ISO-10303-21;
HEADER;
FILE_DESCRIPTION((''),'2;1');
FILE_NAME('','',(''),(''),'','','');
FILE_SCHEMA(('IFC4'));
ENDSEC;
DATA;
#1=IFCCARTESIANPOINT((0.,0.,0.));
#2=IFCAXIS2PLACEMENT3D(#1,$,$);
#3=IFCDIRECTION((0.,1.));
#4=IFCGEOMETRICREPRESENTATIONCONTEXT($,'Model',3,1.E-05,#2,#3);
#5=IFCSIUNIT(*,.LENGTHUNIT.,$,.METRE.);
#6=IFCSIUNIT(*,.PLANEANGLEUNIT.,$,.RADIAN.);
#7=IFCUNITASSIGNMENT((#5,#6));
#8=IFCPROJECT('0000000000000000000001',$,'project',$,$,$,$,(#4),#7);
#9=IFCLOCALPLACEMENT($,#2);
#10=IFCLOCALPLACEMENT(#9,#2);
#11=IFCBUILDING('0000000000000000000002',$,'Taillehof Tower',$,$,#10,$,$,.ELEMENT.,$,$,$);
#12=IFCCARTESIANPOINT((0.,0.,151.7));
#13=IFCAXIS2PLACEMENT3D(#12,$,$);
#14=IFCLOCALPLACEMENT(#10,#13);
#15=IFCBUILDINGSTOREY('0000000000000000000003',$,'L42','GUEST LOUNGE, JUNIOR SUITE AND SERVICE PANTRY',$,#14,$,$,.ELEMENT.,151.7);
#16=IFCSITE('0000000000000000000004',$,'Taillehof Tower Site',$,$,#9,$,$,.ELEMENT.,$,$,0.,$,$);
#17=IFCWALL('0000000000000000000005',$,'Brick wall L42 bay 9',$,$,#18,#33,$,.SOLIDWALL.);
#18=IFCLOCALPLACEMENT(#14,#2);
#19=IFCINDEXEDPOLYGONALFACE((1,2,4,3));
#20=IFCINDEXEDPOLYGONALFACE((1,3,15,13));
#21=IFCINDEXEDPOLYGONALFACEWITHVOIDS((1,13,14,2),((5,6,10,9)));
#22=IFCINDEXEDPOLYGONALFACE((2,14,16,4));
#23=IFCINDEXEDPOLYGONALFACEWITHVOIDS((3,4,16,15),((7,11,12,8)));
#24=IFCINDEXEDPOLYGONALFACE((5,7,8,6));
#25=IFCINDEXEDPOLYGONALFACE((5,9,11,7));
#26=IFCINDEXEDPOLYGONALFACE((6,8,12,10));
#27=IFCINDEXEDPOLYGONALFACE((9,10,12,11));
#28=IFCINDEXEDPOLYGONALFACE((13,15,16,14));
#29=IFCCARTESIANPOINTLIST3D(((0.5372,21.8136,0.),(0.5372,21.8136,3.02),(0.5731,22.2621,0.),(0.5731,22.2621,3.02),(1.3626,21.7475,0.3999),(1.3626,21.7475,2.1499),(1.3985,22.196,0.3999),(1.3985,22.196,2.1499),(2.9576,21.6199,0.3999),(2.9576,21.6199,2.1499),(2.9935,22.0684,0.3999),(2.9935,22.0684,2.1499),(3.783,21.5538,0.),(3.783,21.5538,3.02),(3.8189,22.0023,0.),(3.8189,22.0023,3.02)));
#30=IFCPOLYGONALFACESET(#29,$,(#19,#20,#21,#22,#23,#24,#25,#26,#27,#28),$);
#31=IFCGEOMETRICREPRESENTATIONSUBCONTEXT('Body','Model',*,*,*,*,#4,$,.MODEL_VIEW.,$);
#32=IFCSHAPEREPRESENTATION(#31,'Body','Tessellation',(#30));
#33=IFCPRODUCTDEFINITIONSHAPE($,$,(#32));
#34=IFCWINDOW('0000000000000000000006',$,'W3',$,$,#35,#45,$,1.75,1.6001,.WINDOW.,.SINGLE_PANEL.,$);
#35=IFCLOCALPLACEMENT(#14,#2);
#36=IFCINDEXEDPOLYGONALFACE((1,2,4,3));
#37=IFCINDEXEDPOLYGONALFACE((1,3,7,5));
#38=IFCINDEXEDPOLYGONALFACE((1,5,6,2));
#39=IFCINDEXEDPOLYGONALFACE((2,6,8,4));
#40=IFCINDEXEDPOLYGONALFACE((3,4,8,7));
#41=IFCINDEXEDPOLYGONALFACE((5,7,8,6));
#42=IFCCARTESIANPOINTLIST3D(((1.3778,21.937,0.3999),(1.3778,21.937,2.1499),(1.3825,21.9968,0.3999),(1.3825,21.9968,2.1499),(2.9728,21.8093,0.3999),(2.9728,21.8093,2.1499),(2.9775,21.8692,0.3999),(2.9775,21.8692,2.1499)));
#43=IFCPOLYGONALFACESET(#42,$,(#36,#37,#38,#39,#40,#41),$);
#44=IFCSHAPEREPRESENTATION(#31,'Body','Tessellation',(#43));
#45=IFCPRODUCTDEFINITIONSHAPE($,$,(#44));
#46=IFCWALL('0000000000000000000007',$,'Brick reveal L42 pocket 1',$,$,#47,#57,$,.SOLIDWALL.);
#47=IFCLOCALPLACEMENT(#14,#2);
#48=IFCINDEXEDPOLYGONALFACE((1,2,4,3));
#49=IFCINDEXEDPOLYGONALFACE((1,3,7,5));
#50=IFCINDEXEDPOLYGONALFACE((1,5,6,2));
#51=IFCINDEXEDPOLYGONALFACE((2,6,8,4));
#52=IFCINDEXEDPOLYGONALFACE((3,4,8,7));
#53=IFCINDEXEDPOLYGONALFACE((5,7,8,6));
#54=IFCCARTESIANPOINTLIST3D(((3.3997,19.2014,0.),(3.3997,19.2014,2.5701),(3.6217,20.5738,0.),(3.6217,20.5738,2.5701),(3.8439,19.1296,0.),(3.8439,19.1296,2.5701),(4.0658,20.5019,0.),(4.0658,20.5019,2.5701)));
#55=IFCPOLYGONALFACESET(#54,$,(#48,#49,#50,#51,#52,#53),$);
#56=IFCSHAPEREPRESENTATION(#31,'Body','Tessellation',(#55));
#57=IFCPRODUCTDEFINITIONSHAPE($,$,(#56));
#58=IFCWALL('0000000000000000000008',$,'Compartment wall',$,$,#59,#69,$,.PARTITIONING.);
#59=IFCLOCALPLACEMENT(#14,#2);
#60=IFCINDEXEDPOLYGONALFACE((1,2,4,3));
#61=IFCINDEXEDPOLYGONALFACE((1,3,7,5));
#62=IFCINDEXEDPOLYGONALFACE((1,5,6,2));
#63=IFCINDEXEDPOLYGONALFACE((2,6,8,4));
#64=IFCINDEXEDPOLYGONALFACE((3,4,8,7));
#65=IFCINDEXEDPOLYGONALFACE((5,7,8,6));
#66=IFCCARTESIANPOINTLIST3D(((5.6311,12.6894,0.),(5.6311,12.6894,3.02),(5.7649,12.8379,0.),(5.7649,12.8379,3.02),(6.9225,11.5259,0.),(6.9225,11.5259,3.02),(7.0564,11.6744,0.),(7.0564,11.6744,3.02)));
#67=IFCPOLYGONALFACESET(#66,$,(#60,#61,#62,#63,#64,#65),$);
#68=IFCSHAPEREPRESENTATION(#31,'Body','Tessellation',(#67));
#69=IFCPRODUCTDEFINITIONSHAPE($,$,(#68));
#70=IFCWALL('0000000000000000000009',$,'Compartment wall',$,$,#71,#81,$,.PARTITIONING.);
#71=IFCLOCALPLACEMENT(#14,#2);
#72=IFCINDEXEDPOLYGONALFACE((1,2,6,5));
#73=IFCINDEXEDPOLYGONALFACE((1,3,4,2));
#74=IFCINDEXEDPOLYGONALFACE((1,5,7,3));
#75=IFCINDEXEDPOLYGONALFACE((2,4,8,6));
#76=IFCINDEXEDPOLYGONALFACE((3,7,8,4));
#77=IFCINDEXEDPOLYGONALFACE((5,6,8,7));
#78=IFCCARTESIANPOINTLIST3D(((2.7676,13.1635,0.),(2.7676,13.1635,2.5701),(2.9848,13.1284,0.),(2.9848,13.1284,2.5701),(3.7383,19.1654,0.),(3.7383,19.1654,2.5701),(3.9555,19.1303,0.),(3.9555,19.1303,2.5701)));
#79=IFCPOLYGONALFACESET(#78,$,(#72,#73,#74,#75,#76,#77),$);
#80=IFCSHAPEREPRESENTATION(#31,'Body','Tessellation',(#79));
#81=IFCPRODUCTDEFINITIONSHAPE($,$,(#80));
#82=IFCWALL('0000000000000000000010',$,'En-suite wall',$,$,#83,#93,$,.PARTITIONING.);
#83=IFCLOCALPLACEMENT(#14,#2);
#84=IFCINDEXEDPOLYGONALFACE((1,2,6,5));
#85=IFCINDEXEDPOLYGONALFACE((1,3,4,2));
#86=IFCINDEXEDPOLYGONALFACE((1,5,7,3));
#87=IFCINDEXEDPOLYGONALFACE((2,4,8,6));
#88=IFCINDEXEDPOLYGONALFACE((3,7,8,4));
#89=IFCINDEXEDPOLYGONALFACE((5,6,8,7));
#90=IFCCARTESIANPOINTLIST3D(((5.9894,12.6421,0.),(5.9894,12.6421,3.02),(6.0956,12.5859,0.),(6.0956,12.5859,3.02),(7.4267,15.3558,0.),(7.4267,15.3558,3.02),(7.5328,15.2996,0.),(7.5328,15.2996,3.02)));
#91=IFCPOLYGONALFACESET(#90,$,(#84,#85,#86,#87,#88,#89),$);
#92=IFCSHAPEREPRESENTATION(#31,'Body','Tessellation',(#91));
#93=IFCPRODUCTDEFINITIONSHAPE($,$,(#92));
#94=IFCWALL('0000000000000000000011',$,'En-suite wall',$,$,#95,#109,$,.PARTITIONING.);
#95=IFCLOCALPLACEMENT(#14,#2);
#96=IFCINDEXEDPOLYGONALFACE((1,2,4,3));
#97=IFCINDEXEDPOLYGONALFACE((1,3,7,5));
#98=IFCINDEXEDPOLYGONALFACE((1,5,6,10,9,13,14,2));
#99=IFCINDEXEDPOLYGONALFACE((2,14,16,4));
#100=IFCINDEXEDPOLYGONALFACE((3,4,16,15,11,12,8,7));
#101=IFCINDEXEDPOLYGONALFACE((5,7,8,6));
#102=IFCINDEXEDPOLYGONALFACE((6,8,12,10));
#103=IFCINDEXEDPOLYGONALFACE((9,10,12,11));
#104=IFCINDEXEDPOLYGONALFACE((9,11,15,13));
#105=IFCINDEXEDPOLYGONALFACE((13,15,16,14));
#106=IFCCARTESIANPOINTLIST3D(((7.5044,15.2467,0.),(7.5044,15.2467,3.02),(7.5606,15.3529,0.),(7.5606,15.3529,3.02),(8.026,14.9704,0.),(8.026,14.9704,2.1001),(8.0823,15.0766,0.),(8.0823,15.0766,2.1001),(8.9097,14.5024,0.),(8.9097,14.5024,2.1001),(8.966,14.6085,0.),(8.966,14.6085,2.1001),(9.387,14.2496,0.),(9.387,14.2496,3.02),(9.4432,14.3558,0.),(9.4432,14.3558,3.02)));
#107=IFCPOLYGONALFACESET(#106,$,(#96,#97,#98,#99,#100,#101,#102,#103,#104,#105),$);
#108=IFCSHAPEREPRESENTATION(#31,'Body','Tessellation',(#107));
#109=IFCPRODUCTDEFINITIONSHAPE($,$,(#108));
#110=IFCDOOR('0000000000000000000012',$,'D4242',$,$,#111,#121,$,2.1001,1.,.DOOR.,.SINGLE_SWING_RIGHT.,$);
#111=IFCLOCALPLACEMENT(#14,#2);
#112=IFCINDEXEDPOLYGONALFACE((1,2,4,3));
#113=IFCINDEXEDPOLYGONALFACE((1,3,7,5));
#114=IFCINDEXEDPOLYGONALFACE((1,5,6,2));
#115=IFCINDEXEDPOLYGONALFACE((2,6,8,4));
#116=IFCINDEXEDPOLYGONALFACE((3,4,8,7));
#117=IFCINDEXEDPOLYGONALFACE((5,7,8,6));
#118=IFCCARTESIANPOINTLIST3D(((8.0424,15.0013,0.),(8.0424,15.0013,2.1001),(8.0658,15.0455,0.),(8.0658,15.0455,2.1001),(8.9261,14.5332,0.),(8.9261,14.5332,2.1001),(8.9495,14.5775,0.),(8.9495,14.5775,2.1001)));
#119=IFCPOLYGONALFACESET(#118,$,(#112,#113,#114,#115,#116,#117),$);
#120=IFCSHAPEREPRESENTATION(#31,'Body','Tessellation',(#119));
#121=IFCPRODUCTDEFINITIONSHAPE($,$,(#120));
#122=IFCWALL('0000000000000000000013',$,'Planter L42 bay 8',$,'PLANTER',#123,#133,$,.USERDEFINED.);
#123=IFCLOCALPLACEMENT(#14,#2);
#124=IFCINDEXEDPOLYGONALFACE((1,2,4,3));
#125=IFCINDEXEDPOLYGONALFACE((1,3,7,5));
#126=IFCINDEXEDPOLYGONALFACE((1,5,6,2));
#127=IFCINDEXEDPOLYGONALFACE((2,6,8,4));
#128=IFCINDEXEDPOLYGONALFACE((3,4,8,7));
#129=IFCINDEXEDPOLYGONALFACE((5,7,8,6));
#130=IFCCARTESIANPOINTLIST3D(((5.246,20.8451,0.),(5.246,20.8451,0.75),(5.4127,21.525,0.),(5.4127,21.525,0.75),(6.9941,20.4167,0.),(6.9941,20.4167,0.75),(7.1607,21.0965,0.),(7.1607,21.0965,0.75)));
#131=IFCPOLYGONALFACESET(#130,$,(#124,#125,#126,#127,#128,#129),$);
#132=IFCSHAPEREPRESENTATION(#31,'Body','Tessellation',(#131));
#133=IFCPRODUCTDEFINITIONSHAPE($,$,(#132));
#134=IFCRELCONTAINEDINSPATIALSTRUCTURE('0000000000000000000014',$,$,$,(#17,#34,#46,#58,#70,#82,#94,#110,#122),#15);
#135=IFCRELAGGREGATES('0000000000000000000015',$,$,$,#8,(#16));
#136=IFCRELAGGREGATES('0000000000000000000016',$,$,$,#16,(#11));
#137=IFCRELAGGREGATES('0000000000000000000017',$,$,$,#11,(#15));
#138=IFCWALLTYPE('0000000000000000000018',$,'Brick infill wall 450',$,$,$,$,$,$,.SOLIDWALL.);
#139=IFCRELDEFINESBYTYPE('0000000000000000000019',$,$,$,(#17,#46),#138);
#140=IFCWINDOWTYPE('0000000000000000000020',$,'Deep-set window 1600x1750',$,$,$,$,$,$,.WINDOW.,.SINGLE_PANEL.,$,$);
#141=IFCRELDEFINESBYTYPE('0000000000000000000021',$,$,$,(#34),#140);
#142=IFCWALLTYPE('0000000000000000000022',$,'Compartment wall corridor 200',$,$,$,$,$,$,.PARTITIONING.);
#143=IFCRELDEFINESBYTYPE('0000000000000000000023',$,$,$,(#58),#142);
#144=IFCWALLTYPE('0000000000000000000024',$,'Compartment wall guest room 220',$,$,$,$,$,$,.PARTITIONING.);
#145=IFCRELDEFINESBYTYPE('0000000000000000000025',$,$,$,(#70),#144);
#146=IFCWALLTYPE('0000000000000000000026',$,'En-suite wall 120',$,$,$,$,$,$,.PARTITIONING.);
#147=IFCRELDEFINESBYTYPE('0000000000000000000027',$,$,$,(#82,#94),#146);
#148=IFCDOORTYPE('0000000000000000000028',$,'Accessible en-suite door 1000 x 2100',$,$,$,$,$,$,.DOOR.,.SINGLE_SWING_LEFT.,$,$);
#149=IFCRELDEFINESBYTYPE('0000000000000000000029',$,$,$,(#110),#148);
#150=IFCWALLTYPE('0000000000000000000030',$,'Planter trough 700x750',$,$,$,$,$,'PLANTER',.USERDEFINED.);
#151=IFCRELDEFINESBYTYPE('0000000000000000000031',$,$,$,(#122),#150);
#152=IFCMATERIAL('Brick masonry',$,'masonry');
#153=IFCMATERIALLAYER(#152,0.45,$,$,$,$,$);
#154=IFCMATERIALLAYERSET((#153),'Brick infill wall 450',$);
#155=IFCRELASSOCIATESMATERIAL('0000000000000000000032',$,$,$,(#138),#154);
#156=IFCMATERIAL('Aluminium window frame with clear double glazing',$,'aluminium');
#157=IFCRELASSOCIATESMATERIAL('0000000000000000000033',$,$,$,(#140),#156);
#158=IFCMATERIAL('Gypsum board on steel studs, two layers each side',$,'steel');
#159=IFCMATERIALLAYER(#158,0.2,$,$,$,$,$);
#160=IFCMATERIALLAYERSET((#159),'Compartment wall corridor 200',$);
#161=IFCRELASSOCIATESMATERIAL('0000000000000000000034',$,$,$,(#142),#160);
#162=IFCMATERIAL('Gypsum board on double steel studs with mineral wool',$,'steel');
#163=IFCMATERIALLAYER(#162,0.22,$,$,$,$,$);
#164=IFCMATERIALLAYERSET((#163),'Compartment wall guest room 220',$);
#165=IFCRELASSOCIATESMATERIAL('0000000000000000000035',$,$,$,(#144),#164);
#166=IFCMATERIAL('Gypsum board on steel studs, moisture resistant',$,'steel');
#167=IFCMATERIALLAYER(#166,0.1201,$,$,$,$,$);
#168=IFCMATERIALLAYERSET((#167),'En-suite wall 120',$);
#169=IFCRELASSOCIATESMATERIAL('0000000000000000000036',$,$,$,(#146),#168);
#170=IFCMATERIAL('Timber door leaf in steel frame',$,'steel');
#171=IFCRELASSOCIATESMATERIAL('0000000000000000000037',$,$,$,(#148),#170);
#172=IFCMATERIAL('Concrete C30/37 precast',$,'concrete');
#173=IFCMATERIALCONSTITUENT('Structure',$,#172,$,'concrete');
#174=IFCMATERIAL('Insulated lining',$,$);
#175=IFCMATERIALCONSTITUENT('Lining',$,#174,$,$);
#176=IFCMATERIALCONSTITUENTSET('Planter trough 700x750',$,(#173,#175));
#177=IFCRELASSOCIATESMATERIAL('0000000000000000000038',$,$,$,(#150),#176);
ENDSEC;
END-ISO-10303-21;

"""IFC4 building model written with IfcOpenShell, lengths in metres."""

from ifc_helpers import new_model, si_unit, direction, frame, frame_2d, origin, place, context, subcontext, project, spatial, rectangle, extrude, material, layer, layer_set, constituent, constituent_set, type_object, element, fill, save


model = new_model("IFC4")

# Units and contexts
model_context = context("Model", 3, precision=1e-05, world=origin(), true_north=direction((0.0, 1.0)))
body_context = subcontext(model_context, "Body", "Model", "MODEL_VIEW")
ifc_project = project(units=[si_unit("LENGTHUNIT", "METRE"), si_unit("PLANEANGLEUNIT", "RADIAN")], contexts=[model_context])

# Site, building, storey
site_placement = place(None, origin())
site = spatial("IfcSite", under=ifc_project, at=site_placement, Name="Taillehof Tower Site", CompositionType="ELEMENT", RefElevation=0.0)
building_placement = place(site_placement, origin())
building = spatial("IfcBuilding", under=site, at=building_placement, Name="Taillehof Tower", CompositionType="ELEMENT")
storey_placement = place(building_placement, frame((0.0, 0.0, 151.7)))
storey = spatial("IfcBuildingStorey", under=building, at=storey_placement, Name="L42", Description="GUEST LOUNGE, JUNIOR SUITE AND SERVICE PANTRY", CompositionType="ELEMENT", Elevation=151.7)

# Wall, opening, window
ifc_material_1 = material(Name="Brick masonry", Category="masonry")
ifc_layer_1 = layer(ifc_material_1, 0.45)
ifc_layer_set_1 = layer_set([ifc_layer_1], Name="Brick infill wall 450")
wall_type_1 = type_object("IfcWallType", Name="Brick infill wall 450", PredefinedType="SOLIDWALL", material=ifc_layer_set_1)
wall_1_placement = place(storey_placement, frame((3.8008, 21.7781, 0.0), z_axis=(0.0, 0.0, 1.0), x_axis=(-0.996812, 0.079781, 0.0)))
wall_1 = element("IfcWall", 1, at=wall_1_placement, inside=storey, type_object=wall_type_1, Name="Brick wall L42 bay 9", PredefinedType="SOLIDWALL", context=body_context, shape_type="SweptSolid", body=[
    extrude(rectangle(XDim=3.2561, YDim=0.45, at=frame_2d((1.6279, 0.0))), origin(), (0.0, 0.0, 1.0), 3.02),
])
opening_1_placement = place(wall_1_placement, frame((0.8279, 0.0, 0.3999)))
opening_1 = element("IfcOpeningElement", 2, at=opening_1_placement, cuts=wall_1, PredefinedType="OPENING", context=body_context, shape_type="SweptSolid", body=[
    extrude(rectangle(XDim=1.6001, YDim=1.75, at=frame_2d((0.8, 0.875))), frame((0.0, 0.2349, 0.0), z_axis=(0.0, -1.0, 0.0), x_axis=(1.0, 0.0, 0.0)), (0.0, 0.0, 1.0), 0.47),
])
ifc_material_2 = material(Name="Aluminium window frame with clear double glazing", Category="aluminium")
window_type_1 = type_object("IfcWindowType", Name="Deep-set window 1600x1750", PartitioningType="SINGLE_PANEL", PredefinedType="WINDOW", material=ifc_material_2)
window_1_placement = place(opening_1_placement, origin())
window_1 = element("IfcWindow", 3, at=window_1_placement, inside=storey, type_object=window_type_1, Name="W3", OverallHeight=1.75, OverallWidth=1.6001, PartitioningType="SINGLE_PANEL", PredefinedType="WINDOW", context=body_context, shape_type="SweptSolid", body=[
    extrude(rectangle(XDim=1.6001, YDim=1.75, at=frame_2d((0.8, 0.875))), frame((0.0, 0.0349, 0.0), z_axis=(0.0, -1.0, 0.0), x_axis=(1.0, 0.0, 0.0)), (0.0, 0.0, 1.0), 0.0601),
])
fill(opening_1, window_1)

# Wall
wall_2_placement = place(storey_placement, frame((3.8438, 20.5378, 0.0), z_axis=(0.0, 0.0, 1.0), x_axis=(-0.159641, -0.987175, 0.0)))
element("IfcWall", 4, at=wall_2_placement, inside=storey, type_object=wall_type_1, Name="Brick reveal L42 pocket 1", PredefinedType="SOLIDWALL", context=body_context, shape_type="SweptSolid", body=[
    extrude(rectangle(XDim=1.3901, YDim=0.45, at=frame_2d((0.6951, 0.0))), origin(), (0.0, 0.0, 1.0), 2.5701),
])

# Walls
ifc_material_3 = material(Name="Gypsum board on steel studs, two layers each side", Category="steel")
ifc_layer_2 = layer(ifc_material_3, 0.2)
ifc_layer_set_2 = layer_set([ifc_layer_2], Name="Compartment wall corridor 200")
wall_type_2 = type_object("IfcWallType", Name="Compartment wall corridor 200", PredefinedType="PARTITIONING", material=ifc_layer_set_2)
wall_3_placement = place(storey_placement, frame((5.698, 12.7637, 0.0), z_axis=(0.0, 0.0, 1.0), x_axis=(0.742945, -0.669353, 0.0)))
element("IfcWall", 5, at=wall_3_placement, inside=storey, type_object=wall_type_2, Name="Compartment wall", PredefinedType="PARTITIONING", context=body_context, shape_type="SweptSolid", body=[
    extrude(rectangle(XDim=1.7383, YDim=0.2, at=frame_2d((0.8691, 0.0))), origin(), (0.0, 0.0, 1.0), 3.02),
])
ifc_material_4 = material(Name="Gypsum board on double steel studs with mineral wool", Category="steel")
ifc_layer_3 = layer(ifc_material_4, 0.22)
ifc_layer_set_3 = layer_set([ifc_layer_3], Name="Compartment wall guest room 220")
wall_type_3 = type_object("IfcWallType", Name="Compartment wall guest room 220", PredefinedType="PARTITIONING", material=ifc_layer_set_3)
wall_4_placement = place(storey_placement, frame((3.8469, 19.1479, 0.0), z_axis=(0.0, 0.0, 1.0), x_axis=(-0.159657, -0.987173, 0.0)))
element("IfcWall", 6, at=wall_4_placement, inside=storey, type_object=wall_type_3, Name="Compartment wall", PredefinedType="PARTITIONING", context=body_context, shape_type="SweptSolid", body=[
    extrude(rectangle(XDim=6.0798, YDim=0.22, at=frame_2d((3.04, 0.0))), origin(), (0.0, 0.0, 1.0), 2.5701),
])
ifc_material_5 = material(Name="Gypsum board on steel studs, moisture resistant", Category="steel")
ifc_layer_4 = layer(ifc_material_5, 0.1201)
ifc_layer_set_4 = layer_set([ifc_layer_4], Name="En-suite wall 120")
wall_type_4 = type_object("IfcWallType", Name="En-suite wall 120", PredefinedType="PARTITIONING", material=ifc_layer_set_4)
wall_5_placement = place(storey_placement, frame((6.0425, 12.614, 0.0), z_axis=(0.0, 0.0, 1.0), x_axis=(0.468048, 0.883703, 0.0)))
element("IfcWall", 7, at=wall_5_placement, inside=storey, type_object=wall_type_4, Name="En-suite wall", PredefinedType="PARTITIONING", context=body_context, shape_type="SweptSolid", body=[
    extrude(rectangle(XDim=3.0708, YDim=0.1201, at=frame_2d((1.5354, 0.0))), origin(), (0.0, 0.0, 1.0), 3.02),
])

# Wall, opening, door
wall_6_placement = place(storey_placement, frame((7.5325, 15.2998, 0.0), z_axis=(0.0, 0.0, 1.0), x_axis=(0.883707, -0.46804, 0.0)))
wall_6 = element("IfcWall", 8, at=wall_6_placement, inside=storey, type_object=wall_type_4, Name="En-suite wall", PredefinedType="PARTITIONING", context=body_context, shape_type="SweptSolid", body=[
    extrude(rectangle(XDim=2.1304, YDim=0.1201, at=frame_2d((1.0652, 0.0))), origin(), (0.0, 0.0, 1.0), 3.02),
])
opening_2_placement = place(wall_6_placement, frame((0.5903, 0.0, 0.0)))
opening_2 = element("IfcOpeningElement", 9, at=opening_2_placement, cuts=wall_6, PredefinedType="OPENING", context=body_context, shape_type="SweptSolid", body=[
    extrude(rectangle(XDim=1.0, YDim=2.1001, at=frame_2d((0.5, 1.05))), frame((0.0, 0.0701, 0.0), z_axis=(0.0, -1.0, 0.0), x_axis=(1.0, 0.0, 0.0)), (0.0, 0.0, 1.0), 0.1401),
])
ifc_material_6 = material(Name="Timber door leaf in steel frame", Category="steel")
door_type_1 = type_object("IfcDoorType", Name="Accessible en-suite door 1000 x 2100", OperationType="SINGLE_SWING_LEFT", PredefinedType="DOOR", material=ifc_material_6)
door_1_placement = place(opening_2_placement, origin())
door_1 = element("IfcDoor", 10, at=door_1_placement, inside=storey, type_object=door_type_1, Name="D4242", OperationType="SINGLE_SWING_RIGHT", OverallHeight=2.1001, OverallWidth=1.0, PredefinedType="DOOR", context=body_context, shape_type="SweptSolid", body=[
    extrude(rectangle(XDim=1.0, YDim=2.1001, at=frame_2d((0.5, 1.05))), frame((0.0, 0.0249, 0.0), z_axis=(0.0, -1.0, 0.0), x_axis=(1.0, 0.0, 0.0)), (0.0, 0.0, 1.0), 0.05),
])
fill(opening_2, door_1)

# Wall
ifc_material_7 = material(Name="Concrete C30/37 precast", Category="concrete")
ifc_constituent_1 = constituent(ifc_material_7, Name="Structure", Category="concrete")
ifc_material_8 = material(Name="Insulated lining")
ifc_constituent_2 = constituent(ifc_material_8, Name="Lining")
ifc_constituent_set = constituent_set(constituents=[ifc_constituent_1, ifc_constituent_2], Name="Planter trough 700x750")
wall_type_5 = type_object("IfcWallType", Name="Planter trough 700x750", ElementType="PLANTER", PredefinedType="USERDEFINED", material=ifc_constituent_set)
wall_7_placement = place(storey_placement, frame((7.0774, 20.7566, 0.0), z_axis=(0.0, 0.0, 1.0), x_axis=(-0.971249, 0.238065, 0.0)))
element("IfcWall", 11, at=wall_7_placement, inside=storey, type_object=wall_type_5, Name="Planter L42 bay 8", ObjectType="PLANTER", PredefinedType="USERDEFINED", context=body_context, shape_type="SweptSolid", body=[
    extrude(rectangle(XDim=1.7998, YDim=0.7, at=frame_2d((0.8999, 0.0))), origin(), (0.0, 0.0, 1.0), 0.75),
])

save(model, "model.ifc")
